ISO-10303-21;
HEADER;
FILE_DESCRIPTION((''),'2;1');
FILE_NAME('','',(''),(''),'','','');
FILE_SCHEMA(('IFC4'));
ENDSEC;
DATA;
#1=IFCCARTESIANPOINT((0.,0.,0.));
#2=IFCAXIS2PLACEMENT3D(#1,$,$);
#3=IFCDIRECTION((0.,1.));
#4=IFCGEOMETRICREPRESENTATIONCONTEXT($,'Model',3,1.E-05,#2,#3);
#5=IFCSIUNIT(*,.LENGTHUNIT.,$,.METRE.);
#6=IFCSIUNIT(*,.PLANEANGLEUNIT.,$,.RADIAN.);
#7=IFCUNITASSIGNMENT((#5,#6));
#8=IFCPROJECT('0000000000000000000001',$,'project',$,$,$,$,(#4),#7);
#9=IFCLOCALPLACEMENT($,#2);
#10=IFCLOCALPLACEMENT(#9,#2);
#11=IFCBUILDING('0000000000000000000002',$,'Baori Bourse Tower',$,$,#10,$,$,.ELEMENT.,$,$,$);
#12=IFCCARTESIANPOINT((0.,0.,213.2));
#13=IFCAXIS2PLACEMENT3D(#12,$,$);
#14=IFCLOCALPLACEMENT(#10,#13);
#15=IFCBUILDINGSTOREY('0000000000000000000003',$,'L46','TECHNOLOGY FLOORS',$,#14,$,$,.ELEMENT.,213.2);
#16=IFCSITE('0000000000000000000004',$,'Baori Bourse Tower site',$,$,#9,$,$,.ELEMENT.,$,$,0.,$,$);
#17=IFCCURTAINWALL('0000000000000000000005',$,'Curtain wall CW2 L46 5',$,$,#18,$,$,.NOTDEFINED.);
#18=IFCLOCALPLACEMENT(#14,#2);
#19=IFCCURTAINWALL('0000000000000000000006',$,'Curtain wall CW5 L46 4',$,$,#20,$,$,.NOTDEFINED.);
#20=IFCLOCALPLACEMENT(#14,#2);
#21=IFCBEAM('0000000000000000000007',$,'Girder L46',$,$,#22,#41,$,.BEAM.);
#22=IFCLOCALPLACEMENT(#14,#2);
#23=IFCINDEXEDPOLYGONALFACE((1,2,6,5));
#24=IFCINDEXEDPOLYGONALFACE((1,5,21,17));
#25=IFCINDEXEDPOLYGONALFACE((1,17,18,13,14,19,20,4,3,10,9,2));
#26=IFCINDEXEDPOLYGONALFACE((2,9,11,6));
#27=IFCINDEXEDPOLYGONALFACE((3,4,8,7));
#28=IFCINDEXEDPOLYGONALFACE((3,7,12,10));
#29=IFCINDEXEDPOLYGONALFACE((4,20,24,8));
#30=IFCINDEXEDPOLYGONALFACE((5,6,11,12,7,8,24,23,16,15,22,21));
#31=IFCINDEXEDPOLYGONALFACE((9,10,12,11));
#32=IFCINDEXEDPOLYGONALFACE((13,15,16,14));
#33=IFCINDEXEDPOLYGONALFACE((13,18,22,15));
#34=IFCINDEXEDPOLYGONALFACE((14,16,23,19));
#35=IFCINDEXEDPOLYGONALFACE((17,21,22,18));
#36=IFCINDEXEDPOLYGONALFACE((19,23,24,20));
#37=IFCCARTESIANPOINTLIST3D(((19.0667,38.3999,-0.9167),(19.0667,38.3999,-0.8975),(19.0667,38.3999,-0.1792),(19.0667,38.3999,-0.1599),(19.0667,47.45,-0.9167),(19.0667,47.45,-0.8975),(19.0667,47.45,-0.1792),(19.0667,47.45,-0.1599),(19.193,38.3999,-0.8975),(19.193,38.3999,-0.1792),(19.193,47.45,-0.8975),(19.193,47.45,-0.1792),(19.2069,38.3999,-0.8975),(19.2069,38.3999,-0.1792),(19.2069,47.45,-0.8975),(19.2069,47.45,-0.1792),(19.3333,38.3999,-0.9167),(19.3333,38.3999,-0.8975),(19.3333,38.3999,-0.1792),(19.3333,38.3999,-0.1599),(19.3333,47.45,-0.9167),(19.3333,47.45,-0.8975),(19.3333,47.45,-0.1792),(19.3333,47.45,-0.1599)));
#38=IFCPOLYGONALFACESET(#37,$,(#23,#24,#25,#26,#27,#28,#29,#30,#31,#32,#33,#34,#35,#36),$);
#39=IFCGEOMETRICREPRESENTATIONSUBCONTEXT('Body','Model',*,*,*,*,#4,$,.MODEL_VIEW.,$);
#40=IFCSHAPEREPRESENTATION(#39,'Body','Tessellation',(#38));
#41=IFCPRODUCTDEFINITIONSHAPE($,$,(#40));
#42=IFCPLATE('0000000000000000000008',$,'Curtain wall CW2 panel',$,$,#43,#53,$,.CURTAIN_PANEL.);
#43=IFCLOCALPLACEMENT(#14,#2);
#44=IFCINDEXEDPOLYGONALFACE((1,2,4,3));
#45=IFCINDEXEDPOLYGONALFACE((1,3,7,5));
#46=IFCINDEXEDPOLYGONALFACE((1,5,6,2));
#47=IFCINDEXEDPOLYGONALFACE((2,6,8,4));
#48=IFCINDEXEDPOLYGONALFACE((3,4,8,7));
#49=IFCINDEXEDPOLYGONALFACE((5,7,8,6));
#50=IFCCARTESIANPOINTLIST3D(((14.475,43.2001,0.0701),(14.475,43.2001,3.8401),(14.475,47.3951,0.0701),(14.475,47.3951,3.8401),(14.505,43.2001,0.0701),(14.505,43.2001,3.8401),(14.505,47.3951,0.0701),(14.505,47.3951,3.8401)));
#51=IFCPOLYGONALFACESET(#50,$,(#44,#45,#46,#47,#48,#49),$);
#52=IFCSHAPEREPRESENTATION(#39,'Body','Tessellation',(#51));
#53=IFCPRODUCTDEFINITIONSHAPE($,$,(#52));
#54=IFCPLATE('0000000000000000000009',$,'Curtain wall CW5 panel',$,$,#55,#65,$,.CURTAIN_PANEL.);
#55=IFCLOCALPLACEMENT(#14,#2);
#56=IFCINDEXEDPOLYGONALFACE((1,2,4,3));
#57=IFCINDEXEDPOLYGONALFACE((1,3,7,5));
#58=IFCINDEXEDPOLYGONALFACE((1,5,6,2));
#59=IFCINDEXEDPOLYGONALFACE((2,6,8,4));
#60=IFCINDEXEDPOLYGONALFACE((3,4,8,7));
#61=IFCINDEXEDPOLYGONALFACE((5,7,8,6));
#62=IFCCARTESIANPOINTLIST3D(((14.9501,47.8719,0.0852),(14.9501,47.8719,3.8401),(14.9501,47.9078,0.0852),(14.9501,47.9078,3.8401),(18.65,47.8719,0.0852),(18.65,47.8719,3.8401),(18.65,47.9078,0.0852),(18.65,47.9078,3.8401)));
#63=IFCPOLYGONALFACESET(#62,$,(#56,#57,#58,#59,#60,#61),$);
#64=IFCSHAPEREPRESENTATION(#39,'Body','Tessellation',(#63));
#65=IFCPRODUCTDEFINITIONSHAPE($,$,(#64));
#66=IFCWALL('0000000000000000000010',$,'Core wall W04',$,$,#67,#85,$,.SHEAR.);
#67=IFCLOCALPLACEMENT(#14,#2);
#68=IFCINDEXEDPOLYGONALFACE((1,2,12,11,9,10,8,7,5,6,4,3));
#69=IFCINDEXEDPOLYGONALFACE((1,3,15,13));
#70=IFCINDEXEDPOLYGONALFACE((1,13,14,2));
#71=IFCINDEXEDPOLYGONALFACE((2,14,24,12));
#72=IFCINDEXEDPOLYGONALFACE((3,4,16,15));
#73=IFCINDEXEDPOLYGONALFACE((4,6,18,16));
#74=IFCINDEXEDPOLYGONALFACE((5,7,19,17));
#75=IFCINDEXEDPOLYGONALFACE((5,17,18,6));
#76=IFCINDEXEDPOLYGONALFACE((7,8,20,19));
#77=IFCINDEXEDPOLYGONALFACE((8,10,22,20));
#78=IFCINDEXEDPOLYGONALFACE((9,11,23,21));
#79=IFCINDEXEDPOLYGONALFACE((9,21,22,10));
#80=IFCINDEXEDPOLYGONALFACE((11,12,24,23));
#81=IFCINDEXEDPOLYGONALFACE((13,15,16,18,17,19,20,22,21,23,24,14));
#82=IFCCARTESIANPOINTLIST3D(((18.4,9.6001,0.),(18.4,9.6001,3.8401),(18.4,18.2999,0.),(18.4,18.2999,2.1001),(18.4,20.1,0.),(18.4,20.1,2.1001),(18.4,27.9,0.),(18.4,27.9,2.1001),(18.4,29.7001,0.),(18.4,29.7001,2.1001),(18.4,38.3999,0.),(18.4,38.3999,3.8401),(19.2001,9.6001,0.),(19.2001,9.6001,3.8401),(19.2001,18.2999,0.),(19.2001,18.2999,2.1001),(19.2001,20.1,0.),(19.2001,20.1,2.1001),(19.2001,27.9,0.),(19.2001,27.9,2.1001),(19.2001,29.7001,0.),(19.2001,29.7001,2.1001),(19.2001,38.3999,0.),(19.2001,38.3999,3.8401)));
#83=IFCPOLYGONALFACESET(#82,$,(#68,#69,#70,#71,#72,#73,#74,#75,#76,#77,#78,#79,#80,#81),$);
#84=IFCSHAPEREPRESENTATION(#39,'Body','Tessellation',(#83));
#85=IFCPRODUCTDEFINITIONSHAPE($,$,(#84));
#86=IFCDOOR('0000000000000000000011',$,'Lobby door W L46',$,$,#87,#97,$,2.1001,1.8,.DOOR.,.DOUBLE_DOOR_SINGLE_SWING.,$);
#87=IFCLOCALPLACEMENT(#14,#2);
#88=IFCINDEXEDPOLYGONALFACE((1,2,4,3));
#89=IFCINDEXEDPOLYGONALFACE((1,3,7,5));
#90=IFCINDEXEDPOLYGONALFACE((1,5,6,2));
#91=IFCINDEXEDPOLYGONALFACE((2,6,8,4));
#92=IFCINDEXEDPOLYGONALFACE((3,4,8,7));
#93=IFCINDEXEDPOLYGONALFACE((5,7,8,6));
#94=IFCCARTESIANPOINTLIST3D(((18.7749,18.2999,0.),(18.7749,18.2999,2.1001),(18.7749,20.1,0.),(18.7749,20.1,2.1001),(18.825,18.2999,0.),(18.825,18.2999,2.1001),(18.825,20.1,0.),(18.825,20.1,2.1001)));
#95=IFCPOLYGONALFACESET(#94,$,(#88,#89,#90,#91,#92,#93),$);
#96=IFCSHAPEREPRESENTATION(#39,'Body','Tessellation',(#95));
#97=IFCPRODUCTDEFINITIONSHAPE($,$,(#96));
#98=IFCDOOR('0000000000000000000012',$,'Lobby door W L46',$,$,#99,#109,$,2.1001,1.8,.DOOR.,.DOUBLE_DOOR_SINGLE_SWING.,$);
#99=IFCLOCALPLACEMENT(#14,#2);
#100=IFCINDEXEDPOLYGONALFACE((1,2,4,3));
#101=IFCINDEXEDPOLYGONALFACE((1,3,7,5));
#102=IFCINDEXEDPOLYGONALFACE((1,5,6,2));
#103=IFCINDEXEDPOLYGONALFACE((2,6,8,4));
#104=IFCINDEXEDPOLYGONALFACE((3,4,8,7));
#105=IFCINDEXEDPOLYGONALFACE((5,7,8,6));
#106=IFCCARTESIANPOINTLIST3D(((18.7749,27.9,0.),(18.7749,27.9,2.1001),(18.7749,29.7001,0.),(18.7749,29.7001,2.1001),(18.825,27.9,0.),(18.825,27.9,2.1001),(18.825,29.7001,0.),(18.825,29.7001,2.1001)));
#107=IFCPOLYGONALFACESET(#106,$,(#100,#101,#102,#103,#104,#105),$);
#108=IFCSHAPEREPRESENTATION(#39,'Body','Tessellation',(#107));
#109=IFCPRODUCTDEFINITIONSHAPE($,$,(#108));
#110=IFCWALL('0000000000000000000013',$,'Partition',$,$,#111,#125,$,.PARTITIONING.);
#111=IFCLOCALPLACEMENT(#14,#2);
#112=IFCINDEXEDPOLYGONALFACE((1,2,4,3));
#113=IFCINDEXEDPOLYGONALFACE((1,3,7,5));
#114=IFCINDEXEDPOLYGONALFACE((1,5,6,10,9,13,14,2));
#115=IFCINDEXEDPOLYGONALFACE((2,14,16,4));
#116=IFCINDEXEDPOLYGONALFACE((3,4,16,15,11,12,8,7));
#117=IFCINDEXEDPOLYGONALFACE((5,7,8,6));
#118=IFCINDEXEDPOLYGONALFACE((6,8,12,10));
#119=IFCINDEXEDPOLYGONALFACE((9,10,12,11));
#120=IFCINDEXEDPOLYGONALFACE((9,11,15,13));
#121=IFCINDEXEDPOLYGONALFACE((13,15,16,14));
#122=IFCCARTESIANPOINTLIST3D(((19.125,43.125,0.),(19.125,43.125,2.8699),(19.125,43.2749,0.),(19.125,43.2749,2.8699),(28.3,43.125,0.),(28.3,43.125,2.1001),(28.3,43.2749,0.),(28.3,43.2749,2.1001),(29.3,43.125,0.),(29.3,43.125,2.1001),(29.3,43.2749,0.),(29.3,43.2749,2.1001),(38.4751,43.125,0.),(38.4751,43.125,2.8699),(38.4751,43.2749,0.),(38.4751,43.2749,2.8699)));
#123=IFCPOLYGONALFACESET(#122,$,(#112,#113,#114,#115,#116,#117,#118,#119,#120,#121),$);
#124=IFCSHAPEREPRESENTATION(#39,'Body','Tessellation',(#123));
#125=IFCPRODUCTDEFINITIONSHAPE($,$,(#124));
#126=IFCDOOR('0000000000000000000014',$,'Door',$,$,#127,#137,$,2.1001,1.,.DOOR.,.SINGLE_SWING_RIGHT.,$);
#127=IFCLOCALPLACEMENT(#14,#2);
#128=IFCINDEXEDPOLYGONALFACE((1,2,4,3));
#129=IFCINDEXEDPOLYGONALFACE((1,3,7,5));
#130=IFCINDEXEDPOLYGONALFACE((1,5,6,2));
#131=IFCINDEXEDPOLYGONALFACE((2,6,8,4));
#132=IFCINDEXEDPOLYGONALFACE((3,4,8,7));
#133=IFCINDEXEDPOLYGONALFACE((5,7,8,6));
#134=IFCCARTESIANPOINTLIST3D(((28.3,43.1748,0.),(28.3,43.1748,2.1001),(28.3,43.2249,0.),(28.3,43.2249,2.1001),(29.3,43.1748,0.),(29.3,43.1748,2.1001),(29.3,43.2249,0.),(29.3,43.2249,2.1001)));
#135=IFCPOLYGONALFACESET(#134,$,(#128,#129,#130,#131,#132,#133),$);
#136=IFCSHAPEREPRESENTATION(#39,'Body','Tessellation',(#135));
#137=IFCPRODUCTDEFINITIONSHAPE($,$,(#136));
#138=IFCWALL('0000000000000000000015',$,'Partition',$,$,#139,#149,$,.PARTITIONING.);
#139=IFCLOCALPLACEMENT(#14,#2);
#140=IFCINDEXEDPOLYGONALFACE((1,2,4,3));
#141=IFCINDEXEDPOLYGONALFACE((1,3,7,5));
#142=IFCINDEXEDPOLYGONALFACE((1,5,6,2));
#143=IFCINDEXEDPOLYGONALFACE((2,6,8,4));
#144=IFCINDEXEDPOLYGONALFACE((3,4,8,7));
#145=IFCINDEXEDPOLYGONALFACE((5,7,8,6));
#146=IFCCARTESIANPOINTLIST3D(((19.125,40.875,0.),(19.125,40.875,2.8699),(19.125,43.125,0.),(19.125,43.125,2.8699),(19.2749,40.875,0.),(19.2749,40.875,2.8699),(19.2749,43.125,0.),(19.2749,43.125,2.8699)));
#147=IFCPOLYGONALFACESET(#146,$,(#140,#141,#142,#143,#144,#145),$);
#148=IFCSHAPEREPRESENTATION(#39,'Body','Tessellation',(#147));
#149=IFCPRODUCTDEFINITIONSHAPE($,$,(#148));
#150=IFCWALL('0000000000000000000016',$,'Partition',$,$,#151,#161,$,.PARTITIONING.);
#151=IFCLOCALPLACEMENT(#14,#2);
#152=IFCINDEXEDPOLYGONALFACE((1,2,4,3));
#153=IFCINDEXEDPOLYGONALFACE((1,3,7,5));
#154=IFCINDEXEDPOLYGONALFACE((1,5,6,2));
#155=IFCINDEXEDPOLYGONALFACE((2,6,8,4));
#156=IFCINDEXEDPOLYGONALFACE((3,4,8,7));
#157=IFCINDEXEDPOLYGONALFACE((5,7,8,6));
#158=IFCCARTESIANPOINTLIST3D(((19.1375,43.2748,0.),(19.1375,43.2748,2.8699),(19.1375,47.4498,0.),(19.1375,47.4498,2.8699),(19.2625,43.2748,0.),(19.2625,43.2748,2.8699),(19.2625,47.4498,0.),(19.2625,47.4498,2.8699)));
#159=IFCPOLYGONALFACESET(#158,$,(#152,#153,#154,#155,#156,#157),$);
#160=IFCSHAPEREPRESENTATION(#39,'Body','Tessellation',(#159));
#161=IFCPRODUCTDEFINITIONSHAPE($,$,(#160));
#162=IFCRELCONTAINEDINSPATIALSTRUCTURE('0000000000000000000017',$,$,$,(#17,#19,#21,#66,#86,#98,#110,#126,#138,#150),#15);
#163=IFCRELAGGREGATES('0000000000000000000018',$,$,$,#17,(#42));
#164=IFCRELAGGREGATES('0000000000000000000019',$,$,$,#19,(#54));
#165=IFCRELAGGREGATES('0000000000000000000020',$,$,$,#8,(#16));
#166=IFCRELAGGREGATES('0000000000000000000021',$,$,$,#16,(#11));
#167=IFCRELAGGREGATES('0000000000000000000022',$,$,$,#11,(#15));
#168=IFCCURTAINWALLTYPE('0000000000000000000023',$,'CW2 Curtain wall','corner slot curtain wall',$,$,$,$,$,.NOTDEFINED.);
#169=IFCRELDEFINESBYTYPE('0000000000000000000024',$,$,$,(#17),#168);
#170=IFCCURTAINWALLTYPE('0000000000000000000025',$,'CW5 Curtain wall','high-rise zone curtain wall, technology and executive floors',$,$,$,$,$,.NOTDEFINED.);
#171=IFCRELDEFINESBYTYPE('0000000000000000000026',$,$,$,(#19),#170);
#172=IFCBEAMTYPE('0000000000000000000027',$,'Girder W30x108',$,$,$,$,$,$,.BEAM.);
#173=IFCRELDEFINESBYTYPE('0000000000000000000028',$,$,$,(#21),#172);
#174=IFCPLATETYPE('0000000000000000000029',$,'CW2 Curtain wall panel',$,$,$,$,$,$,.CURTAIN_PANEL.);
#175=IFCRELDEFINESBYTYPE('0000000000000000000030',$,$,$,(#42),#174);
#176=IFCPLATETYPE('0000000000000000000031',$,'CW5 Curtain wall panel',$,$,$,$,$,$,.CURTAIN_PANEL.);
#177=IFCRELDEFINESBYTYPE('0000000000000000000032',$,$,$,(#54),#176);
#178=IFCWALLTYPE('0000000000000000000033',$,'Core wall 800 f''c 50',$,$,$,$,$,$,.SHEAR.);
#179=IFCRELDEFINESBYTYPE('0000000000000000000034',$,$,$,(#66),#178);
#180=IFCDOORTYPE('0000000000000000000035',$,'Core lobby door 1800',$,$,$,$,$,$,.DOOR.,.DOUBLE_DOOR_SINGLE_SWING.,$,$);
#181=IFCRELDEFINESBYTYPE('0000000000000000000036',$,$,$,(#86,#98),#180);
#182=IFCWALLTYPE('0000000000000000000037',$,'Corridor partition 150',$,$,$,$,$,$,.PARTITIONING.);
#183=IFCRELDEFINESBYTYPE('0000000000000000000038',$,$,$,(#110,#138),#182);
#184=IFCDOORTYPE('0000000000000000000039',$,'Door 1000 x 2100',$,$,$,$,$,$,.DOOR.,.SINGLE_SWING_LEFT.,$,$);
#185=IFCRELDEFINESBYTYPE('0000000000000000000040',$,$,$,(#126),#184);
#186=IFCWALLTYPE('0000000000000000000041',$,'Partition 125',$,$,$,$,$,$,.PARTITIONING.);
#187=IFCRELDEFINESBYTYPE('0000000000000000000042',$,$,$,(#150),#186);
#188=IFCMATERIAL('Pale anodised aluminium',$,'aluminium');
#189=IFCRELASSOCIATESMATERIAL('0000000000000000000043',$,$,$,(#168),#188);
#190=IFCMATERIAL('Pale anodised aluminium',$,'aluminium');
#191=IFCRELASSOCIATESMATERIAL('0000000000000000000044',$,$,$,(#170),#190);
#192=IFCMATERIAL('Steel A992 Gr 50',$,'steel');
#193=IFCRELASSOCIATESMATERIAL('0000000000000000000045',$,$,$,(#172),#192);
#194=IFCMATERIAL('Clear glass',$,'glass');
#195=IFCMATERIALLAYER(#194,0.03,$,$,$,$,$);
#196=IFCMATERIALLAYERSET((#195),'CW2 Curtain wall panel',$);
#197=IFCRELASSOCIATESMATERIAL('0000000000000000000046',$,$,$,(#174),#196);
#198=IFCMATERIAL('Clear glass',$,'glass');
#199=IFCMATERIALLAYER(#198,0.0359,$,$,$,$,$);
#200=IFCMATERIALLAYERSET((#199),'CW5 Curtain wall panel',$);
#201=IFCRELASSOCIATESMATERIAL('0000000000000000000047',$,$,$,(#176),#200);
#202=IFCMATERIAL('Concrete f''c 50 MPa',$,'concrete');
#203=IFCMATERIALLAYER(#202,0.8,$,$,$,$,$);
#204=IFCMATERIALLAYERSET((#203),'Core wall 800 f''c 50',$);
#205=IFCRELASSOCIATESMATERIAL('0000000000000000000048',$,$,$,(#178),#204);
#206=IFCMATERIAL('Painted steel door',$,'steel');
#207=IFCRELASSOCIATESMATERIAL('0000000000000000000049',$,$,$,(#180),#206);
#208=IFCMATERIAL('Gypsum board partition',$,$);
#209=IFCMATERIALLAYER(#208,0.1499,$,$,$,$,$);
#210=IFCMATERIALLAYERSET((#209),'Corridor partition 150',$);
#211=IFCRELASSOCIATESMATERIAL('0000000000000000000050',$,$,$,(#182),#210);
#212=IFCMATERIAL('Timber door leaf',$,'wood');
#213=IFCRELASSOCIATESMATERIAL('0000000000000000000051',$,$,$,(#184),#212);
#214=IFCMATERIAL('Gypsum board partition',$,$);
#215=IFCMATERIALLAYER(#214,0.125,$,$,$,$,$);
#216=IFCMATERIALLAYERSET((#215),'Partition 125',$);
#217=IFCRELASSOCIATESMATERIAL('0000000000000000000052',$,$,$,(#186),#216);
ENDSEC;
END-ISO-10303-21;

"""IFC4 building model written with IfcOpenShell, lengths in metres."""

from ifc_helpers import new_model, si_unit, direction, frame, frame_2d, origin, origin_2d, place, context, subcontext, project, spatial, rectangle, i_section, extrude, material, layer, layer_set, material_profile, profile_set, type_object, element, fill, aggregate, save


model = new_model("IFC4")

# Units and contexts
model_context = context("Model", 3, precision=1e-05, world=origin(), true_north=direction((0.0, 1.0)))
body_context = subcontext(model_context, "Body", "Model", "MODEL_VIEW")
ifc_project = project(units=[si_unit("LENGTHUNIT", "METRE"), si_unit("PLANEANGLEUNIT", "RADIAN")], contexts=[model_context])

# Site, building, storey
site_placement = place(None, origin())
site = spatial("IfcSite", under=ifc_project, at=site_placement, Name="Baori Bourse Tower site", CompositionType="ELEMENT", RefElevation=0.0)
building_placement = place(site_placement, origin())
building = spatial("IfcBuilding", under=site, at=building_placement, Name="Baori Bourse Tower", CompositionType="ELEMENT")
storey_placement = place(building_placement, frame((0.0, 0.0, 213.2)))
storey = spatial("IfcBuildingStorey", under=building, at=storey_placement, Name="L46", Description="TECHNOLOGY FLOORS", CompositionType="ELEMENT", Elevation=213.2)

# Curtain wall
ifc_material_1 = material(Name="Pale anodised aluminium", Category="aluminium")
curtain_wall_type_1 = type_object("IfcCurtainWallType", Name="CW2 Curtain wall", Description="corner slot curtain wall", PredefinedType="NOTDEFINED", material=ifc_material_1)
curtain_wall_1_placement = place(storey_placement, origin())
curtain_wall_1 = element("IfcCurtainWall", 1, at=curtain_wall_1_placement, inside=storey, type_object=curtain_wall_type_1, Name="Curtain wall CW2 L46 5", PredefinedType="NOTDEFINED")

# Curtain wall
ifc_material_2 = material(Name="Pale anodised aluminium", Category="aluminium")
curtain_wall_type_2 = type_object("IfcCurtainWallType", Name="CW5 Curtain wall", Description="high-rise zone curtain wall, technology and executive floors", PredefinedType="NOTDEFINED", material=ifc_material_2)
curtain_wall_2_placement = place(storey_placement, origin())
curtain_wall_2 = element("IfcCurtainWall", 2, at=curtain_wall_2_placement, inside=storey, type_object=curtain_wall_type_2, Name="Curtain wall CW5 L46 4", PredefinedType="NOTDEFINED")

# Beam
ifc_material_3 = material(Name="Steel A992 Gr 50", Category="steel")
ifc_material_profile_1 = material_profile(ifc_material_3, i_section(OverallWidth=0.2666, OverallDepth=0.7568, WebThickness=0.0139, FlangeThickness=0.0193, at=origin_2d()), Name="W30x108")
ifc_profile_set_1 = profile_set([ifc_material_profile_1], Name="Steel A992 Gr 50")
beam_type_1 = type_object("IfcBeamType", Name="Girder W30x108", PredefinedType="BEAM", material=ifc_profile_set_1)
beam_1_placement = place(storey_placement, frame((19.2, 38.3999, -0.5383), z_axis=(0.0, 1.0, 0.0), x_axis=(-1.0, 0.0, 0.0)))
element("IfcBeam", 3, at=beam_1_placement, inside=storey, type_object=beam_type_1, Name="Girder L46", PredefinedType="BEAM", context=body_context, shape_type="SweptSolid", body=[
    extrude(i_section(OverallWidth=0.2666, OverallDepth=0.7568, WebThickness=0.0139, FlangeThickness=0.0193, at=origin_2d()), origin(), (0.0, 0.0, 1.0), 9.05),
])

# Plates
ifc_material_4 = material(Name="Clear glass", Category="glass")
ifc_layer_1 = layer(ifc_material_4, 0.03)
ifc_layer_set_1 = layer_set([ifc_layer_1], Name="CW2 Curtain wall panel")
plate_type_1 = type_object("IfcPlateType", Name="CW2 Curtain wall panel", PredefinedType="CURTAIN_PANEL", material=ifc_layer_set_1)
plate_1_placement = place(storey_placement, frame((14.49, 45.2976, 0.0701), z_axis=(0.0, 0.0, 1.0), x_axis=(0.0, -1.0, 0.0)))
plate_1 = element("IfcPlate", 4, at=plate_1_placement, type_object=plate_type_1, Name="Curtain wall CW2 panel", PredefinedType="CURTAIN_PANEL", context=body_context, shape_type="SweptSolid", body=[
    extrude(rectangle(XDim=4.1951, YDim=0.03, at=origin_2d()), origin(), (0.0, 0.0, 1.0), 3.77),
])
aggregate(curtain_wall_1, [plate_1])
ifc_material_5 = material(Name="Clear glass", Category="glass")
ifc_layer_2 = layer(ifc_material_5, 0.0359)
ifc_layer_set_2 = layer_set([ifc_layer_2], Name="CW5 Curtain wall panel")
plate_type_2 = type_object("IfcPlateType", Name="CW5 Curtain wall panel", PredefinedType="CURTAIN_PANEL", material=ifc_layer_set_2)
plate_2_placement = place(storey_placement, frame((16.8, 47.8899, 0.0852), z_axis=(0.0, 0.0, 1.0), x_axis=(-1.0, 0.0, 0.0)))
plate_2 = element("IfcPlate", 5, at=plate_2_placement, type_object=plate_type_2, Name="Curtain wall CW5 panel", PredefinedType="CURTAIN_PANEL", context=body_context, shape_type="SweptSolid", body=[
    extrude(rectangle(XDim=3.7, YDim=0.0359, at=origin_2d()), origin(), (0.0, 0.0, 1.0), 3.7549),
])
aggregate(curtain_wall_2, [plate_2])

# Wall, openings, doors
ifc_material_6 = material(Name="Concrete f'c 50 MPa", Category="concrete")
ifc_layer_3 = layer(ifc_material_6, 0.8)
ifc_layer_set_3 = layer_set([ifc_layer_3], Name="Core wall 800 f'c 50")
wall_type_1 = type_object("IfcWallType", Name="Core wall 800 f'c 50", PredefinedType="SHEAR", material=ifc_layer_set_3)
wall_1_placement = place(storey_placement, frame((18.8, 38.3999, 0.0), z_axis=(0.0, 0.0, 1.0), x_axis=(0.0, -1.0, 0.0)))
wall_1 = element("IfcWall", 6, at=wall_1_placement, inside=storey, type_object=wall_type_1, Name="Core wall W04", PredefinedType="SHEAR", context=body_context, shape_type="SweptSolid", body=[
    extrude(rectangle(XDim=28.7998, YDim=0.8, at=frame_2d((14.3999, 0.0))), origin(), (0.0, 0.0, 1.0), 3.8401),
])
opening_1_placement = place(wall_1_placement, frame((18.3, 0.0, 0.0)))
opening_1 = element("IfcOpeningElement", 7, at=opening_1_placement, cuts=wall_1, PredefinedType="OPENING", context=body_context, shape_type="SweptSolid", body=[
    extrude(rectangle(XDim=1.8, YDim=2.1001, at=frame_2d((0.8999, 1.05))), frame((0.0, 0.4099, 0.0), z_axis=(0.0, -1.0, 0.0), x_axis=(1.0, 0.0, 0.0)), (0.0, 0.0, 1.0), 0.8201),
])
opening_2_placement = place(wall_1_placement, frame((8.7, 0.0, 0.0)))
opening_2 = element("IfcOpeningElement", 8, at=opening_2_placement, cuts=wall_1, PredefinedType="OPENING", context=body_context, shape_type="SweptSolid", body=[
    extrude(rectangle(XDim=1.8, YDim=2.1001, at=frame_2d((0.8999, 1.05))), frame((0.0, 0.4099, 0.0), z_axis=(0.0, -1.0, 0.0), x_axis=(1.0, 0.0, 0.0)), (0.0, 0.0, 1.0), 0.8201),
])
ifc_material_7 = material(Name="Painted steel door", Category="steel")
door_type_1 = type_object("IfcDoorType", Name="Core lobby door 1800", OperationType="DOUBLE_DOOR_SINGLE_SWING", PredefinedType="DOOR", material=ifc_material_7)
door_1_placement = place(opening_1_placement, origin())
door_1 = element("IfcDoor", 9, at=door_1_placement, inside=storey, type_object=door_type_1, Name="Lobby door W L46", OperationType="DOUBLE_DOOR_SINGLE_SWING", OverallHeight=2.1001, OverallWidth=1.8, PredefinedType="DOOR", context=body_context, shape_type="SweptSolid", body=[
    extrude(rectangle(XDim=1.8, YDim=2.1001, at=frame_2d((0.8999, 1.05))), frame((0.0, 0.0249, 0.0), z_axis=(0.0, -1.0, 0.0), x_axis=(1.0, 0.0, 0.0)), (0.0, 0.0, 1.0), 0.05),
])
fill(opening_1, door_1)
door_2_placement = place(opening_2_placement, origin())
door_2 = element("IfcDoor", 10, at=door_2_placement, inside=storey, type_object=door_type_1, Name="Lobby door W L46", OperationType="DOUBLE_DOOR_SINGLE_SWING", OverallHeight=2.1001, OverallWidth=1.8, PredefinedType="DOOR", context=body_context, shape_type="SweptSolid", body=[
    extrude(rectangle(XDim=1.8, YDim=2.1001, at=frame_2d((0.8999, 1.05))), frame((0.0, 0.0249, 0.0), z_axis=(0.0, -1.0, 0.0), x_axis=(1.0, 0.0, 0.0)), (0.0, 0.0, 1.0), 0.05),
])
fill(opening_2, door_2)

# Wall, opening, door
ifc_material_8 = material(Name="Gypsum board partition")
ifc_layer_4 = layer(ifc_material_8, 0.1499)
ifc_layer_set_4 = layer_set([ifc_layer_4], Name="Corridor partition 150")
wall_type_2 = type_object("IfcWallType", Name="Corridor partition 150", PredefinedType="PARTITIONING", material=ifc_layer_set_4)
wall_2_placement = place(storey_placement, frame((19.125, 43.2, 0.0), z_axis=(0.0, 0.0, 1.0), x_axis=(1.0, 0.0, 0.0)))
wall_2 = element("IfcWall", 11, at=wall_2_placement, inside=storey, type_object=wall_type_2, Name="Partition", PredefinedType="PARTITIONING", context=body_context, shape_type="SweptSolid", body=[
    extrude(rectangle(XDim=19.3501, YDim=0.1499, at=frame_2d((9.675, 0.0))), origin(), (0.0, 0.0, 1.0), 2.8699),
])
opening_3_placement = place(wall_2_placement, frame((9.175, 0.0, 0.0)))
opening_3 = element("IfcOpeningElement", 12, at=opening_3_placement, cuts=wall_2, PredefinedType="OPENING", context=body_context, shape_type="SweptSolid", body=[
    extrude(rectangle(XDim=1.0, YDim=2.1001, at=frame_2d((0.5, 1.05))), frame((0.0, 0.085, 0.0), z_axis=(0.0, -1.0, 0.0), x_axis=(1.0, 0.0, 0.0)), (0.0, 0.0, 1.0), 0.1699),
])
ifc_material_9 = material(Name="Timber door leaf", Category="wood")
door_type_2 = type_object("IfcDoorType", Name="Door 1000 x 2100", OperationType="SINGLE_SWING_LEFT", PredefinedType="DOOR", material=ifc_material_9)
door_3_placement = place(opening_3_placement, origin())
door_3 = element("IfcDoor", 13, at=door_3_placement, inside=storey, type_object=door_type_2, Name="Door", OperationType="SINGLE_SWING_RIGHT", OverallHeight=2.1001, OverallWidth=1.0, PredefinedType="DOOR", context=body_context, shape_type="SweptSolid", body=[
    extrude(rectangle(XDim=1.0, YDim=2.1001, at=frame_2d((0.5, 1.05))), frame((0.0, 0.0249, 0.0), z_axis=(0.0, -1.0, 0.0), x_axis=(1.0, 0.0, 0.0)), (0.0, 0.0, 1.0), 0.05),
])
fill(opening_3, door_3)

# Walls
wall_3_placement = place(storey_placement, frame((19.2, 40.875, 0.0), z_axis=(0.0, 0.0, 1.0), x_axis=(0.0, 1.0, 0.0)))
element("IfcWall", 14, at=wall_3_placement, inside=storey, type_object=wall_type_2, Name="Partition", PredefinedType="PARTITIONING", context=body_context, shape_type="SweptSolid", body=[
    extrude(rectangle(XDim=2.25, YDim=0.1499, at=frame_2d((1.125, 0.0))), origin(), (0.0, 0.0, 1.0), 2.8699),
])
ifc_material_10 = material(Name="Gypsum board partition")
ifc_layer_5 = layer(ifc_material_10, 0.125)
ifc_layer_set_5 = layer_set([ifc_layer_5], Name="Partition 125")
wall_type_3 = type_object("IfcWallType", Name="Partition 125", PredefinedType="PARTITIONING", material=ifc_layer_set_5)
wall_4_placement = place(storey_placement, frame((19.2, 43.2749, 0.0), z_axis=(0.0, 0.0, 1.0), x_axis=(0.0, 1.0, 0.0)))
element("IfcWall", 15, at=wall_4_placement, inside=storey, type_object=wall_type_3, Name="Partition", PredefinedType="PARTITIONING", context=body_context, shape_type="SweptSolid", body=[
    extrude(rectangle(XDim=4.175, YDim=0.125, at=frame_2d((2.0874, 0.0))), origin(), (0.0, 0.0, 1.0), 2.8699),
])

save(model, "model.ifc")
